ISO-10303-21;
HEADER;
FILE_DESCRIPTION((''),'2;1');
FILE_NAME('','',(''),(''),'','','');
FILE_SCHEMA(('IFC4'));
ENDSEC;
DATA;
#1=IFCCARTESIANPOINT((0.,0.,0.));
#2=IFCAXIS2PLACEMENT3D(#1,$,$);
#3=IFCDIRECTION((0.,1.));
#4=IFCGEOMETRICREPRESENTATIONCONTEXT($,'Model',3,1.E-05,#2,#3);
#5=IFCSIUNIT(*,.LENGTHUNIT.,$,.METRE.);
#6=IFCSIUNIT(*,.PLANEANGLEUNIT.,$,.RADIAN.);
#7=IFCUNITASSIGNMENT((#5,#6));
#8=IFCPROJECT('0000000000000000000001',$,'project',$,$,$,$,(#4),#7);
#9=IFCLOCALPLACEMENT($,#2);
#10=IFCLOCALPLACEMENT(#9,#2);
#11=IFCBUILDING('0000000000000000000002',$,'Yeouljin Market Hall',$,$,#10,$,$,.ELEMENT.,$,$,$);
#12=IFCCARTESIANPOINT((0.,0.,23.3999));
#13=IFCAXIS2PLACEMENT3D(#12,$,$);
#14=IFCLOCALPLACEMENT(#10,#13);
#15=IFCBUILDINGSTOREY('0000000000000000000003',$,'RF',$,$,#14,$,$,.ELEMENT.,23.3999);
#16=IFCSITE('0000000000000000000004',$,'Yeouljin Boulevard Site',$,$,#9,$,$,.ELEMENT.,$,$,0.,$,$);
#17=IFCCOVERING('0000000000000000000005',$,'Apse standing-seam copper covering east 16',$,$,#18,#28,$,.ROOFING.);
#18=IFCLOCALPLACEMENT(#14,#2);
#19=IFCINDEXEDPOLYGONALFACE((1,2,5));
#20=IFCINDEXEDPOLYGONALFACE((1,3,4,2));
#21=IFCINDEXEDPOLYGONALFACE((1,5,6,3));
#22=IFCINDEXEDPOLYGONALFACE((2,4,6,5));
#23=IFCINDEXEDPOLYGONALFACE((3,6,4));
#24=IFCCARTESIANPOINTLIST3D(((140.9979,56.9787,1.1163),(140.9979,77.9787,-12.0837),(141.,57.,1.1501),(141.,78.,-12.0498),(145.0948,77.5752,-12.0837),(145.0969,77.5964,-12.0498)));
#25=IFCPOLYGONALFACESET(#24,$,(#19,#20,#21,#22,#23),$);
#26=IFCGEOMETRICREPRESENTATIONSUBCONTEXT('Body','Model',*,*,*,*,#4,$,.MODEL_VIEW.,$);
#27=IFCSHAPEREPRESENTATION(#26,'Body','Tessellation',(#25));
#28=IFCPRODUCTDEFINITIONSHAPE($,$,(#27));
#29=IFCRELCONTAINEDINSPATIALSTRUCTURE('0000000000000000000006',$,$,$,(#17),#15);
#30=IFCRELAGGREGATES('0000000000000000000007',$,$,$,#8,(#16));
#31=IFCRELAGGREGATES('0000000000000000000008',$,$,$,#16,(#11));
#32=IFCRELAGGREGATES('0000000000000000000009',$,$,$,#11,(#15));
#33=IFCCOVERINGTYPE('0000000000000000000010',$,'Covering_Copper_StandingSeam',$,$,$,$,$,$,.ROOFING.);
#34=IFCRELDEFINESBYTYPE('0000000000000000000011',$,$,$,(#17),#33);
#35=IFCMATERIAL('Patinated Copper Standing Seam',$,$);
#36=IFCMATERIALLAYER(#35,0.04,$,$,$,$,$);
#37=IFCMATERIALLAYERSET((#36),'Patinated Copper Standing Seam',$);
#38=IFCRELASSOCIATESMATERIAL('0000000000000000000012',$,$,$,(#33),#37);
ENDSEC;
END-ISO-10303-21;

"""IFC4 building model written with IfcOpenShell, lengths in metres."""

from ifc_helpers import new_model, si_unit, direction, frame, origin, place, context, subcontext, project, spatial, polyline, outline, extrude, material, layer, layer_set, type_object, element, save


model = new_model("IFC4")

# Units and contexts
model_context = context("Model", 3, precision=1e-05, world=origin(), true_north=direction((0.0, 1.0)))
body_context = subcontext(model_context, "Body", "Model", "MODEL_VIEW")
ifc_project = project(units=[si_unit("LENGTHUNIT", "METRE"), si_unit("PLANEANGLEUNIT", "RADIAN")], contexts=[model_context])

# Site, building, storey
site_placement = place(None, origin())
site = spatial("IfcSite", under=ifc_project, at=site_placement, Name="Yeouljin Boulevard Site", CompositionType="ELEMENT", RefElevation=0.0)
building_placement = place(site_placement, origin())
building = spatial("IfcBuilding", under=site, at=building_placement, Name="Yeouljin Market Hall", CompositionType="ELEMENT")
storey_placement = place(building_placement, frame((0.0, 0.0, 23.3999)))
storey = spatial("IfcBuildingStorey", under=building, at=storey_placement, Name="RF", CompositionType="ELEMENT", Elevation=23.3999)

# Covering
ifc_material_1 = material(Name="Patinated Copper Standing Seam")
ifc_layer_1 = layer(ifc_material_1, 0.04)
ifc_layer_set_1 = layer_set([ifc_layer_1], Name="Patinated Copper Standing Seam")
covering_type = type_object("IfcCoveringType", Name="Covering_Copper_StandingSeam", PredefinedType="ROOFING", material=ifc_layer_set_1)
covering_1_placement = place(storey_placement, frame((141.0, 57.0, 1.1501), z_axis=(0.052349, 0.53144, 0.845477), x_axis=(0.165172, 0.830369, -0.532171)))
element("IfcCovering", 1, at=covering_1_placement, inside=storey, type_object=covering_type, Name="Apse standing-seam copper covering east 16", PredefinedType="ROOFING", context=body_context, shape_type="SweptSolid", body=[
    extrude(outline(polyline([(0.0, 0.0), (24.804, 0.0), (24.4624, 4.1026), (0.0, 0.0)])), origin(), (0.0, 0.0, -1.0), 0.04),
])

save(model, "model.ifc")
